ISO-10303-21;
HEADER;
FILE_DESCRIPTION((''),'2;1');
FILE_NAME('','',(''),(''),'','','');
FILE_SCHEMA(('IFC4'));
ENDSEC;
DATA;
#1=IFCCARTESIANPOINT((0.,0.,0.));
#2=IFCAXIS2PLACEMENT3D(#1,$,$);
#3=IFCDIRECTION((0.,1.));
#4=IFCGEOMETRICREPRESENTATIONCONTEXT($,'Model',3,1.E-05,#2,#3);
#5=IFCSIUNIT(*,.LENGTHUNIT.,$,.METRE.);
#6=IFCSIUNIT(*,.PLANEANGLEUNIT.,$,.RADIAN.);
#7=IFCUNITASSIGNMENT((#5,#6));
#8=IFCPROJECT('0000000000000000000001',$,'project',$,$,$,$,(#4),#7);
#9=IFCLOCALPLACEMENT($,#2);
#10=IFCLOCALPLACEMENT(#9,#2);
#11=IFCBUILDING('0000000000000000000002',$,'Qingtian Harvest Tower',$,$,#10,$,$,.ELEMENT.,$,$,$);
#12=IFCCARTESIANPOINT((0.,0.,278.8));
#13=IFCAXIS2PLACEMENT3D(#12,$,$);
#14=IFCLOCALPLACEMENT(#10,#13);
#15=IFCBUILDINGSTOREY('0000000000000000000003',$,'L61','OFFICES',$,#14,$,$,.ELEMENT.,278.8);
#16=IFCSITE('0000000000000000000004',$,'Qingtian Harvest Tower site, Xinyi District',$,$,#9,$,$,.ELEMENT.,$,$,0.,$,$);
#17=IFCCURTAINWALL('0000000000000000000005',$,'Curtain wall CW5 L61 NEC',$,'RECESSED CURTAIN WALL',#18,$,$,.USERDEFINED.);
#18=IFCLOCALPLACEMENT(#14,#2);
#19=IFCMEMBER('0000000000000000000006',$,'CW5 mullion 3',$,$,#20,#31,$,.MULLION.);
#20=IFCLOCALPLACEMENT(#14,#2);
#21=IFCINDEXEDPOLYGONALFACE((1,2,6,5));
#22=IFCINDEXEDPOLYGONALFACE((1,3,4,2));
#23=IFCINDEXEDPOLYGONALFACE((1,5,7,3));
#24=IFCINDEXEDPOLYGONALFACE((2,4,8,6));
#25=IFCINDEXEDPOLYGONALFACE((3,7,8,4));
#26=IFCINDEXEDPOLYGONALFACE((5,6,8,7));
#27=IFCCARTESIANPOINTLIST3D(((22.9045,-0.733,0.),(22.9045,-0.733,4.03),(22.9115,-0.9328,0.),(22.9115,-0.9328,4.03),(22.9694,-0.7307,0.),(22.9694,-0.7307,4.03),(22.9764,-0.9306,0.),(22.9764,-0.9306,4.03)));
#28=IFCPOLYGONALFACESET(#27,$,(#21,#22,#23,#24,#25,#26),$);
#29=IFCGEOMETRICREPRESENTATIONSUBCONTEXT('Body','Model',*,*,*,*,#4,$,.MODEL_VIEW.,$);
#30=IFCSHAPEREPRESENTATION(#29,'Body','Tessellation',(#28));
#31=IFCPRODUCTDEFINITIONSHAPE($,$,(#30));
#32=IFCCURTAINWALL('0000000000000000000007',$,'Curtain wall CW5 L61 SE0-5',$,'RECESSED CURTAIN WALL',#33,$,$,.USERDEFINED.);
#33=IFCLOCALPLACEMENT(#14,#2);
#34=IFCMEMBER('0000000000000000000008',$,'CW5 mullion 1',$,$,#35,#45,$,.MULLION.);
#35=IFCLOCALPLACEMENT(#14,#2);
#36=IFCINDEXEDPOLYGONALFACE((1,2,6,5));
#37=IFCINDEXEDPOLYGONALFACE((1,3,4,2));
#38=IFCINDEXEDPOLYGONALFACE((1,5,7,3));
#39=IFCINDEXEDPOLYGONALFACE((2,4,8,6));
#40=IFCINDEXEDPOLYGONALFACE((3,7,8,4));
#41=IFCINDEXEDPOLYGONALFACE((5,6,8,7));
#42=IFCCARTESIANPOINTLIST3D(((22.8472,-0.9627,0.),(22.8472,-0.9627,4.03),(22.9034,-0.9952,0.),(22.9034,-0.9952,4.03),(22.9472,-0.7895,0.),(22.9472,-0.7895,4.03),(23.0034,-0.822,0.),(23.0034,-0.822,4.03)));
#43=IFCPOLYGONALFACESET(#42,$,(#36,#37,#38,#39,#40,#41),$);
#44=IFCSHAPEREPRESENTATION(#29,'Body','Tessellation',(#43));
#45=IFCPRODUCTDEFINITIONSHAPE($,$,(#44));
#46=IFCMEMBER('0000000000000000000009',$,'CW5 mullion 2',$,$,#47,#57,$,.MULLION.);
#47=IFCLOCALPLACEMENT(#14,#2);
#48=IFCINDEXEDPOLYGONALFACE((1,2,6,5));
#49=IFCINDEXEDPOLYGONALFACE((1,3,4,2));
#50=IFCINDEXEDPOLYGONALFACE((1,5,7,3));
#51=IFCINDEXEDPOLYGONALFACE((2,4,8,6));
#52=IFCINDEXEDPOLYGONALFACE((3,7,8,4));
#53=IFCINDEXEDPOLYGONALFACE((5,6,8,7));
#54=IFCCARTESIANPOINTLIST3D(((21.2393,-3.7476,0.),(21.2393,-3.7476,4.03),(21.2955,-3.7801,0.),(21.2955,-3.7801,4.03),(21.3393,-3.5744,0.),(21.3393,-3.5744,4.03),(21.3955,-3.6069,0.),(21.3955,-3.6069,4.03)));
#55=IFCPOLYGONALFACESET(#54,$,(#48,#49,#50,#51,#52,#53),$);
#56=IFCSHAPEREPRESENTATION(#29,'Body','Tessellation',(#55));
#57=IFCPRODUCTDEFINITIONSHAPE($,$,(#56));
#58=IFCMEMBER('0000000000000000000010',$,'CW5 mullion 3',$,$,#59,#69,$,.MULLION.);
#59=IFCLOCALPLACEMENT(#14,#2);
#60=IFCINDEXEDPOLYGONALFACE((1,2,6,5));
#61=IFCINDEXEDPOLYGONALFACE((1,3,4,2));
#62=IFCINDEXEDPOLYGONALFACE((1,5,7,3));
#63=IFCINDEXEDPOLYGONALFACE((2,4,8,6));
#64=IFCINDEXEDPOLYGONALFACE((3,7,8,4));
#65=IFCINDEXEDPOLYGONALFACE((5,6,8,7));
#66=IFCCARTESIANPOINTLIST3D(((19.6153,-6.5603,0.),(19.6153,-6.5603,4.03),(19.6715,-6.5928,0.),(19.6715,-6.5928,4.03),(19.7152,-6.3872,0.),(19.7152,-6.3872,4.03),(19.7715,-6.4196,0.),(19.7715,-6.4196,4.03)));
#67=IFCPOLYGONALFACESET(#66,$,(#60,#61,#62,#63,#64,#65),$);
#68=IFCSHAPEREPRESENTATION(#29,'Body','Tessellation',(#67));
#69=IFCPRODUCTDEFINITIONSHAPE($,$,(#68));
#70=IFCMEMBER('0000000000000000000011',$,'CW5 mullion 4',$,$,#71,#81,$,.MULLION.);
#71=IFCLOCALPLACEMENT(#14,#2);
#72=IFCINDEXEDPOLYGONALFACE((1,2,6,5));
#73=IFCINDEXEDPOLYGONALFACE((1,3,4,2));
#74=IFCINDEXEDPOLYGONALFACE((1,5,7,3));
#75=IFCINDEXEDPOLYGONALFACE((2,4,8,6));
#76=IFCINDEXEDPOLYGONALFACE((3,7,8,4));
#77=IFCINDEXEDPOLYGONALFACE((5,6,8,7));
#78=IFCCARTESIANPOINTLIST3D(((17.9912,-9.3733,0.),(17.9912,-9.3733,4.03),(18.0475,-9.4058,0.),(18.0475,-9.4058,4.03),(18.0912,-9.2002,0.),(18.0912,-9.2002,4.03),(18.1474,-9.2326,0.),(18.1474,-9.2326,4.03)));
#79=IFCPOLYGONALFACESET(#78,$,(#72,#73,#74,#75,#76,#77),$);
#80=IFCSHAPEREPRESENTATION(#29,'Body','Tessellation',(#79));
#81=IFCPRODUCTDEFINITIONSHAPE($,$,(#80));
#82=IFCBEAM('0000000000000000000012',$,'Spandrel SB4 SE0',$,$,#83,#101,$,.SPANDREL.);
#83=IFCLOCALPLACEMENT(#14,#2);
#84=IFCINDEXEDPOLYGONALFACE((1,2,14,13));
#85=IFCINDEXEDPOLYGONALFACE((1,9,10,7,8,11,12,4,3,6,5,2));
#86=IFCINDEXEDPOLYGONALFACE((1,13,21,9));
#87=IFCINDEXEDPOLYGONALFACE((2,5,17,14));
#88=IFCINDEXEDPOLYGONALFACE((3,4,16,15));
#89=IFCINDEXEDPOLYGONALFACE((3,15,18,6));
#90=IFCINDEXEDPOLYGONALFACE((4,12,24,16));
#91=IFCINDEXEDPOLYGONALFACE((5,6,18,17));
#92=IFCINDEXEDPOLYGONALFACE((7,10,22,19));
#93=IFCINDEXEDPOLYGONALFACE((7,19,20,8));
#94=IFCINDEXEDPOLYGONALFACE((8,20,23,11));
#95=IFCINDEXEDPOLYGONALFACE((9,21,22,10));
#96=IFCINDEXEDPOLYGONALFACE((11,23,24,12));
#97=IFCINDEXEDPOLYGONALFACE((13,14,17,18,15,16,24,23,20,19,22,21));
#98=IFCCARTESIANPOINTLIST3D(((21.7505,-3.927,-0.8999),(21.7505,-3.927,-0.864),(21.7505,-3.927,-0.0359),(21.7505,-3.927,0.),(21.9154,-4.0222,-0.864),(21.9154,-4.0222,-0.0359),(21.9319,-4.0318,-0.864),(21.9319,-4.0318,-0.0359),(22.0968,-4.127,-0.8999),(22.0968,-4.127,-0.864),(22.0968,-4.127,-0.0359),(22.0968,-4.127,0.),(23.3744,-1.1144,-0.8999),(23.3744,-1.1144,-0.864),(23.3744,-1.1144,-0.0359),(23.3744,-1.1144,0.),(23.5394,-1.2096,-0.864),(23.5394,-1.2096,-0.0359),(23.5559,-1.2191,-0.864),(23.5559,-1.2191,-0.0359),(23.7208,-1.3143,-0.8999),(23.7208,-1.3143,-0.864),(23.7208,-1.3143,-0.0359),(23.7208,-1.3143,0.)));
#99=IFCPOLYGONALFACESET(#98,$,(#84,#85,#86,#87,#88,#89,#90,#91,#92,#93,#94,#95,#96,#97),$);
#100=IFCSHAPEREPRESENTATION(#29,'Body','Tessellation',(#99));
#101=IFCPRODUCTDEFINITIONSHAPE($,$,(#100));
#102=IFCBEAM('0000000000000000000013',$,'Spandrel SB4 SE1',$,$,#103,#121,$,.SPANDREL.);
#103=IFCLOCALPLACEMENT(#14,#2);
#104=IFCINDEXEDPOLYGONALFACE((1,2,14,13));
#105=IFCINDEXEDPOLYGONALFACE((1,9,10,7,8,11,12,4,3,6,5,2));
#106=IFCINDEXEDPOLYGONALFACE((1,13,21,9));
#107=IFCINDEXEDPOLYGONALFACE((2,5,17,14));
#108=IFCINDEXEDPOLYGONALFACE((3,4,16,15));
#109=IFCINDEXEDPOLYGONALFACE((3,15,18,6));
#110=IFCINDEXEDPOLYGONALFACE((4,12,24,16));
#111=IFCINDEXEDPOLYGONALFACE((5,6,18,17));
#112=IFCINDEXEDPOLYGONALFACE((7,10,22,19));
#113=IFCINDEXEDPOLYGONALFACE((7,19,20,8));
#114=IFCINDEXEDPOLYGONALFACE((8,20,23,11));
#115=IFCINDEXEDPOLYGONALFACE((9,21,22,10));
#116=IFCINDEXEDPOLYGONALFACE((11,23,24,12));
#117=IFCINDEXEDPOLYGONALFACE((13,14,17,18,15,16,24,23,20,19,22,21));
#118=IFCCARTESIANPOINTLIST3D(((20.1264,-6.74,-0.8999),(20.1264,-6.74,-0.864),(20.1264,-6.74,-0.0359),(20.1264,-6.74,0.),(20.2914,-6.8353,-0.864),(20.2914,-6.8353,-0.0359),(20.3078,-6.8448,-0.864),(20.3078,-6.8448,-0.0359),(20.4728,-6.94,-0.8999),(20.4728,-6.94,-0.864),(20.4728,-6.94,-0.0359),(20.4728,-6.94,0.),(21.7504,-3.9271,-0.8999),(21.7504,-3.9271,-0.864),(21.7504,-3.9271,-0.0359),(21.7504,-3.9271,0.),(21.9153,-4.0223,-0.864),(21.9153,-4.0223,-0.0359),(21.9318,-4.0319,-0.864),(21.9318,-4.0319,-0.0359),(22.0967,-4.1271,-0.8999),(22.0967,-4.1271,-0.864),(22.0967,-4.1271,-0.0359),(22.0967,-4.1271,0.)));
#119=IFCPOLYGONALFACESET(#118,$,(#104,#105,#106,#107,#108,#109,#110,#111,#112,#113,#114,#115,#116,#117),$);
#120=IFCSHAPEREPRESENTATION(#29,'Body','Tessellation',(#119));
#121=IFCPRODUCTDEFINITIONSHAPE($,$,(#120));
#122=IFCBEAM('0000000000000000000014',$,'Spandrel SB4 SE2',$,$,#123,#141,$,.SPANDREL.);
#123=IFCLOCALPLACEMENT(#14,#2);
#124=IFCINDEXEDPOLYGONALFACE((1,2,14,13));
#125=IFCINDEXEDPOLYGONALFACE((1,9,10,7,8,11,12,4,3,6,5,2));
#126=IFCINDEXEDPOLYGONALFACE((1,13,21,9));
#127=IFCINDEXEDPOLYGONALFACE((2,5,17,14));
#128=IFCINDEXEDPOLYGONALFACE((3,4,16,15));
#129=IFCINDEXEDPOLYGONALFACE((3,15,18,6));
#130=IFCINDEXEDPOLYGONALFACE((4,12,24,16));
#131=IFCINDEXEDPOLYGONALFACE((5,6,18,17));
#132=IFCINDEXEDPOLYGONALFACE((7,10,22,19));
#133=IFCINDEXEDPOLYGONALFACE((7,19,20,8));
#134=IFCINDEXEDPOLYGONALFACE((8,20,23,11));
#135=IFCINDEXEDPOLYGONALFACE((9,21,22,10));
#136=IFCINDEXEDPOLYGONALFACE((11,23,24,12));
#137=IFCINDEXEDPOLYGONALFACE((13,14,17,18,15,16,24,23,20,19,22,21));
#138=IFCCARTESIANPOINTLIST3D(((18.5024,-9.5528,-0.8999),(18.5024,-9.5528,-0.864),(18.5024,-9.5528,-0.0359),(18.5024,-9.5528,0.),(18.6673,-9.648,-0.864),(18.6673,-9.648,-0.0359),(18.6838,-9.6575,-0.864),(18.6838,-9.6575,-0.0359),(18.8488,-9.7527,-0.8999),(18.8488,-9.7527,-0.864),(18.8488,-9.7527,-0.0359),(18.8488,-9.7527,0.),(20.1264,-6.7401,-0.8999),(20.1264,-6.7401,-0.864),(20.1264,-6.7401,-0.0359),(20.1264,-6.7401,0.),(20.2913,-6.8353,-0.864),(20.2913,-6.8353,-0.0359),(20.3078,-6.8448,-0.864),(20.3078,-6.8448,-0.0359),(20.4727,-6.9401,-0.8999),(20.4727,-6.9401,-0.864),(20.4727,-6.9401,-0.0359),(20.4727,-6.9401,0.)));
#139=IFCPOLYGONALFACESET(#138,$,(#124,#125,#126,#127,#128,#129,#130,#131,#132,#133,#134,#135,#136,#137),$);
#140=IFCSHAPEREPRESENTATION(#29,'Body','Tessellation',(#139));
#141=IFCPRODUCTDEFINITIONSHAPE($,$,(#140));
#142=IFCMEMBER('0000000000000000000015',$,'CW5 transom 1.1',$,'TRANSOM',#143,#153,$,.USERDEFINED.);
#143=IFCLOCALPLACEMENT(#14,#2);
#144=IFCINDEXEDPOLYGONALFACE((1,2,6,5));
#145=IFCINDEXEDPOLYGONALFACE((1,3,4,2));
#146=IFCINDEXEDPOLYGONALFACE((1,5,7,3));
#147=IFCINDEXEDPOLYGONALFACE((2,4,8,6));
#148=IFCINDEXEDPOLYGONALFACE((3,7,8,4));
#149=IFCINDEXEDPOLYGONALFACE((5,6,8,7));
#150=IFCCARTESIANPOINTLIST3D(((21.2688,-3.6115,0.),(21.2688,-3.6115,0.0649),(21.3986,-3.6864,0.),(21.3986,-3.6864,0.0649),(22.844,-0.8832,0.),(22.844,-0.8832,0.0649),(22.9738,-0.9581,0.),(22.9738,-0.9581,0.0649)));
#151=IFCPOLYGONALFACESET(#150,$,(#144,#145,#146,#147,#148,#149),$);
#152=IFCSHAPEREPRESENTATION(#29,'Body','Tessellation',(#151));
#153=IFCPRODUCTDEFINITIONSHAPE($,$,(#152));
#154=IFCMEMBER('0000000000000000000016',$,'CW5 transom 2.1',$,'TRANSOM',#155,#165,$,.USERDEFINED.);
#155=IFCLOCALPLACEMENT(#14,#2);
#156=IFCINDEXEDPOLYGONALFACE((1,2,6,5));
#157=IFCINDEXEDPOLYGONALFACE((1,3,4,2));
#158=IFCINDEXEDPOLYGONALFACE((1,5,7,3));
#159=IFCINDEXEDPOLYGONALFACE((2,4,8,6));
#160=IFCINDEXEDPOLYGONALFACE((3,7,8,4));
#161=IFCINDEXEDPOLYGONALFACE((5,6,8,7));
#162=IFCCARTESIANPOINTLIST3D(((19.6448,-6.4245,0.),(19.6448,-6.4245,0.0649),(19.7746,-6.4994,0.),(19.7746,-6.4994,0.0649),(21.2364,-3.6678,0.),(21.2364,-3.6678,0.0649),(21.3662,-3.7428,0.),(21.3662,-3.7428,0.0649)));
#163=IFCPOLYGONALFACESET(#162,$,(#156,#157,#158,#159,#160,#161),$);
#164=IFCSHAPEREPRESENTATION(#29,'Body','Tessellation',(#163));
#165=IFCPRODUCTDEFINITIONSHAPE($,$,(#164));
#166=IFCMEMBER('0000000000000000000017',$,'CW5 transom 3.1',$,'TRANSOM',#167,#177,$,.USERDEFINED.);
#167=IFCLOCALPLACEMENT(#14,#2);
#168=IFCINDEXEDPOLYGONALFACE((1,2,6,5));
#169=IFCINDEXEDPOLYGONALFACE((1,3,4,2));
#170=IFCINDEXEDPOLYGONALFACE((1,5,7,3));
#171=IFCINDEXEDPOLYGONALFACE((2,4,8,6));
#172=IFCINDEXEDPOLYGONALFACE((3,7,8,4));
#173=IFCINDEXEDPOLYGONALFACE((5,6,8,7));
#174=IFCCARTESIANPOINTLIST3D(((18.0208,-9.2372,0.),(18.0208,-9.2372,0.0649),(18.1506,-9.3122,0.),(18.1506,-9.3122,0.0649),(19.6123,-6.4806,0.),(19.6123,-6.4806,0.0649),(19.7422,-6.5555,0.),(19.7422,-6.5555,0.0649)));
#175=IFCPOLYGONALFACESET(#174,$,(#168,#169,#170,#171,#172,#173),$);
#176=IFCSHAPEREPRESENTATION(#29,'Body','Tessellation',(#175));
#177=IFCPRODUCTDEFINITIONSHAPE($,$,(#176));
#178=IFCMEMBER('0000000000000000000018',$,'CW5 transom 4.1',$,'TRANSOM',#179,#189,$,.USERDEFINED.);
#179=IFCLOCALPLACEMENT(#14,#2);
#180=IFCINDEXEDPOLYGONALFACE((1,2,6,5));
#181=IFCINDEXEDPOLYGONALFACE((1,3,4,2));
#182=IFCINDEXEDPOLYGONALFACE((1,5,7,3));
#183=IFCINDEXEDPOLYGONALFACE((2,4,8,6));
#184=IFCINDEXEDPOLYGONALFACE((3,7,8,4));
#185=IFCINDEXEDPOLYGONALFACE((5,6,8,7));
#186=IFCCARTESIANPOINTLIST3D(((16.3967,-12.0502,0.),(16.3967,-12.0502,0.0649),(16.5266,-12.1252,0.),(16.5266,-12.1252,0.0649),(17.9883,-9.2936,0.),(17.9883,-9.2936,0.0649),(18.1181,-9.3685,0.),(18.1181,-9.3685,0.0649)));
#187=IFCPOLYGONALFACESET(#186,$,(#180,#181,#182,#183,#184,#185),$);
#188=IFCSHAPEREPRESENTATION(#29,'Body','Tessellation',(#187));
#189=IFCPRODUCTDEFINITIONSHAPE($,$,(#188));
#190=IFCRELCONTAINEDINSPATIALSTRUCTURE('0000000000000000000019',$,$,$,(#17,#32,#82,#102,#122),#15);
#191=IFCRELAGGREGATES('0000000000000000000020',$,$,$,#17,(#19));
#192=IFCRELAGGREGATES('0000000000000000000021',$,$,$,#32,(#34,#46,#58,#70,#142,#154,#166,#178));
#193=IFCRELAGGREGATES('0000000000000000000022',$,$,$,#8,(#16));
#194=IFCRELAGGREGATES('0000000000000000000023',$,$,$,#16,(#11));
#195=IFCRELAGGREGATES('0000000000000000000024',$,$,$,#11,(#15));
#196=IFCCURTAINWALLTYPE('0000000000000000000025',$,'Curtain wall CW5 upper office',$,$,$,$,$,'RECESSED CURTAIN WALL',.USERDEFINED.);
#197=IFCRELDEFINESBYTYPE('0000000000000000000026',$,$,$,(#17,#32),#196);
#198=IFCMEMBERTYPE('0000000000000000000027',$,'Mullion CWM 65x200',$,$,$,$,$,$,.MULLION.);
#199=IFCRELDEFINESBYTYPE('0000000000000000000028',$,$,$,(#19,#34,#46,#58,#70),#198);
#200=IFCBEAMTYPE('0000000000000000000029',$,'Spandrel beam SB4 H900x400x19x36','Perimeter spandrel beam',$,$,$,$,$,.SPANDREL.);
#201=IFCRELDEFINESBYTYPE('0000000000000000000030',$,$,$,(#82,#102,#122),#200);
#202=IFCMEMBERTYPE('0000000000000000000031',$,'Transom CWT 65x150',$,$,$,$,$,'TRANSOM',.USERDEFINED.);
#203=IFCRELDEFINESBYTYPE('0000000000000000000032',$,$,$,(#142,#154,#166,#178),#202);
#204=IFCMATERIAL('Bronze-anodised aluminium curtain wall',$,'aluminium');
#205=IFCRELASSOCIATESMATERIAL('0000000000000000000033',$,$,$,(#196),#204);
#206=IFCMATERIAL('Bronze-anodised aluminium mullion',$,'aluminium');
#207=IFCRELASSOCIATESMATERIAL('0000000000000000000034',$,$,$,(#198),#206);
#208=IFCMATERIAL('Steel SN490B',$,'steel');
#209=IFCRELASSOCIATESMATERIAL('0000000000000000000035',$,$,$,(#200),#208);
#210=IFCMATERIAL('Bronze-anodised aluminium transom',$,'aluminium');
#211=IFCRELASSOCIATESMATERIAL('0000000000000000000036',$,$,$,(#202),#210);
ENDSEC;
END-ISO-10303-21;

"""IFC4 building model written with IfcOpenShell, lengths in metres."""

from ifc_helpers import new_model, si_unit, direction, frame, origin, origin_2d, place, context, subcontext, project, spatial, rectangle, i_section, extrude, material, material_profile, profile_set, type_object, element, aggregate, save


model = new_model("IFC4")

# Units and contexts
model_context = context("Model", 3, precision=1e-05, world=origin(), true_north=direction((0.0, 1.0)))
body_context = subcontext(model_context, "Body", "Model", "MODEL_VIEW")
ifc_project = project(units=[si_unit("LENGTHUNIT", "METRE"), si_unit("PLANEANGLEUNIT", "RADIAN")], contexts=[model_context])

# Site, building, storey
site_placement = place(None, origin())
site = spatial("IfcSite", under=ifc_project, at=site_placement, Name="Qingtian Harvest Tower site, Xinyi District", CompositionType="ELEMENT", RefElevation=0.0)
building_placement = place(site_placement, origin())
building = spatial("IfcBuilding", under=site, at=building_placement, Name="Qingtian Harvest Tower", CompositionType="ELEMENT")
storey_placement = place(building_placement, frame((0.0, 0.0, 278.8)))
storey = spatial("IfcBuildingStorey", under=building, at=storey_placement, Name="L61", Description="OFFICES", CompositionType="ELEMENT", Elevation=278.8)

# Curtain wall, member
ifc_material_1 = material(Name="Bronze-anodised aluminium curtain wall", Category="aluminium")
curtain_wall_type = type_object("IfcCurtainWallType", Name="Curtain wall CW5 upper office", ElementType="RECESSED CURTAIN WALL", PredefinedType="USERDEFINED", material=ifc_material_1)
curtain_wall_1_placement = place(storey_placement, origin())
curtain_wall_1 = element("IfcCurtainWall", 1, at=curtain_wall_1_placement, inside=storey, type_object=curtain_wall_type, Name="Curtain wall CW5 L61 NEC", ObjectType="RECESSED CURTAIN WALL", PredefinedType="USERDEFINED")
ifc_material_2 = material(Name="Bronze-anodised aluminium mullion", Category="aluminium")
ifc_material_profile_1 = material_profile(ifc_material_2, rectangle(XDim=0.0649, YDim=0.2, at=origin_2d()), Name="AL 65x200")
ifc_profile_set_1 = profile_set([ifc_material_profile_1], Name="Bronze-anodised aluminium mullion")
member_type_1 = type_object("IfcMemberType", Name="Mullion CWM 65x200", PredefinedType="MULLION", material=ifc_profile_set_1)
member_1_placement = place(storey_placement, frame((22.9404, -0.8318, 0.0), z_axis=(0.0, 0.0, 1.0), x_axis=(0.999391, 0.034899, 0.0)))
member_1 = element("IfcMember", 2, at=member_1_placement, type_object=member_type_1, Name="CW5 mullion 3", PredefinedType="MULLION", context=body_context, shape_type="SweptSolid", body=[
    extrude(rectangle(XDim=0.0649, YDim=0.2, at=origin_2d()), origin(), (0.0, 0.0, 1.0), 4.03),
])

# Curtain wall, members
curtain_wall_2_placement = place(storey_placement, origin())
curtain_wall_2 = element("IfcCurtainWall", 3, at=curtain_wall_2_placement, inside=storey, type_object=curtain_wall_type, Name="Curtain wall CW5 L61 SE0-5", ObjectType="RECESSED CURTAIN WALL", PredefinedType="USERDEFINED")
member_2_placement = place(storey_placement, frame((22.9253, -0.8923, 0.0), z_axis=(0.0, 0.0, 1.0), x_axis=(0.866025, -0.5, 0.0)))
member_2 = element("IfcMember", 4, at=member_2_placement, type_object=member_type_1, Name="CW5 mullion 1", PredefinedType="MULLION", context=body_context, shape_type="SweptSolid", body=[
    extrude(rectangle(XDim=0.0649, YDim=0.2, at=origin_2d()), origin(), (0.0, 0.0, 1.0), 4.03),
])
member_3_placement = place(storey_placement, frame((21.3174, -3.6772, 0.0), z_axis=(0.0, 0.0, 1.0), x_axis=(0.866025, -0.5, 0.0)))
member_3 = element("IfcMember", 5, at=member_3_placement, type_object=member_type_1, Name="CW5 mullion 2", PredefinedType="MULLION", context=body_context, shape_type="SweptSolid", body=[
    extrude(rectangle(XDim=0.0649, YDim=0.2, at=origin_2d()), origin(), (0.0, 0.0, 1.0), 4.03),
])
member_4_placement = place(storey_placement, frame((19.6934, -6.49, 0.0), z_axis=(0.0, 0.0, 1.0), x_axis=(0.866025, -0.5, 0.0)))
member_4 = element("IfcMember", 6, at=member_4_placement, type_object=member_type_1, Name="CW5 mullion 3", PredefinedType="MULLION", context=body_context, shape_type="SweptSolid", body=[
    extrude(rectangle(XDim=0.0649, YDim=0.2, at=origin_2d()), origin(), (0.0, 0.0, 1.0), 4.03),
])
member_5_placement = place(storey_placement, frame((18.0693, -9.303, 0.0), z_axis=(0.0, 0.0, 1.0), x_axis=(0.866025, -0.5, 0.0)))
member_5 = element("IfcMember", 7, at=member_5_placement, type_object=member_type_1, Name="CW5 mullion 4", PredefinedType="MULLION", context=body_context, shape_type="SweptSolid", body=[
    extrude(rectangle(XDim=0.0649, YDim=0.2, at=origin_2d()), origin(), (0.0, 0.0, 1.0), 4.03),
])

# Beams
ifc_material_3 = material(Name="Steel SN490B", Category="steel")
ifc_material_profile_2 = material_profile(ifc_material_3, i_section(OverallWidth=0.3999, OverallDepth=0.8999, WebThickness=0.019, FlangeThickness=0.0359, at=origin_2d()), Name="H900x400x19x36")
ifc_profile_set_2 = profile_set([ifc_material_profile_2], Name="Steel SN490B")
beam_type_1 = type_object("IfcBeamType", Name="Spandrel beam SB4 H900x400x19x36", Description="Perimeter spandrel beam", PredefinedType="SPANDREL", material=ifc_profile_set_2)
beam_1_placement = place(storey_placement, frame((23.5476, -1.2144, -0.45), z_axis=(-0.50002, -0.866014, 0.0), x_axis=(0.866014, -0.50002, 0.0)))
element("IfcBeam", 8, at=beam_1_placement, inside=storey, type_object=beam_type_1, Name="Spandrel SB4 SE0", PredefinedType="SPANDREL", context=body_context, shape_type="SweptSolid", body=[
    extrude(i_section(OverallWidth=0.3999, OverallDepth=0.8999, WebThickness=0.019, FlangeThickness=0.0359, at=origin_2d()), origin(), (0.0, 0.0, 1.0), 3.2478),
])
beam_2_placement = place(storey_placement, frame((21.9236, -4.0271, -0.45), z_axis=(-0.499987, -0.866033, 0.0), x_axis=(0.866033, -0.499987, 0.0)))
element("IfcBeam", 9, at=beam_2_placement, inside=storey, type_object=beam_type_1, Name="Spandrel SB4 SE1", PredefinedType="SPANDREL", context=body_context, shape_type="SweptSolid", body=[
    extrude(i_section(OverallWidth=0.3999, OverallDepth=0.8999, WebThickness=0.019, FlangeThickness=0.0359, at=origin_2d()), origin(), (0.0, 0.0, 1.0), 3.248),
])
beam_3_placement = place(storey_placement, frame((20.2996, -6.8401, -0.45), z_axis=(-0.50002, -0.866014, 0.0), x_axis=(0.866014, -0.50002, 0.0)))
element("IfcBeam", 10, at=beam_3_placement, inside=storey, type_object=beam_type_1, Name="Spandrel SB4 SE2", PredefinedType="SPANDREL", context=body_context, shape_type="SweptSolid", body=[
    extrude(i_section(OverallWidth=0.3999, OverallDepth=0.8999, WebThickness=0.019, FlangeThickness=0.0359, at=origin_2d()), origin(), (0.0, 0.0, 1.0), 3.2478),
])

# Members
ifc_material_4 = material(Name="Bronze-anodised aluminium transom", Category="aluminium")
ifc_material_profile_3 = material_profile(ifc_material_4, rectangle(XDim=0.1499, YDim=0.0649, at=origin_2d()), Name="AL 65x150")
ifc_profile_set_3 = profile_set([ifc_material_profile_3], Name="Bronze-anodised aluminium transom")
member_type_2 = type_object("IfcMemberType", Name="Transom CWT 65x150", ElementType="TRANSOM", PredefinedType="USERDEFINED", material=ifc_profile_set_3)
member_6_placement = place(storey_placement, frame((22.9089, -0.9207, 0.0325), z_axis=(-0.500006, -0.866022, 0.0), x_axis=(0.866022, -0.500006, 0.0)))
member_6 = element("IfcMember", 11, at=member_6_placement, type_object=member_type_2, Name="CW5 transom 1.1", ObjectType="TRANSOM", PredefinedType="USERDEFINED", context=body_context, shape_type="SweptSolid", body=[
    extrude(rectangle(XDim=0.1499, YDim=0.0649, at=origin_2d()), origin(), (0.0, 0.0, 1.0), 3.1504),
])
member_7_placement = place(storey_placement, frame((21.3013, -3.7053, 0.0325), z_axis=(-0.500008, -0.866021, 0.0), x_axis=(0.866021, -0.500008, 0.0)))
member_7 = element("IfcMember", 12, at=member_7_placement, type_object=member_type_2, Name="CW5 transom 2.1", ObjectType="TRANSOM", PredefinedType="USERDEFINED", context=body_context, shape_type="SweptSolid", body=[
    extrude(rectangle(XDim=0.1499, YDim=0.0649, at=origin_2d()), origin(), (0.0, 0.0, 1.0), 3.1831),
])
member_8_placement = place(storey_placement, frame((19.6772, -6.5181, 0.0325), z_axis=(-0.500008, -0.866021, 0.0), x_axis=(0.866021, -0.500008, 0.0)))
member_8 = element("IfcMember", 13, at=member_8_placement, type_object=member_type_2, Name="CW5 transom 3.1", ObjectType="TRANSOM", PredefinedType="USERDEFINED", context=body_context, shape_type="SweptSolid", body=[
    extrude(rectangle(XDim=0.1499, YDim=0.0649, at=origin_2d()), origin(), (0.0, 0.0, 1.0), 3.1831),
])
member_9_placement = place(storey_placement, frame((18.0532, -9.3311, 0.0325), z_axis=(-0.500008, -0.866021, 0.0), x_axis=(0.866021, -0.500008, 0.0)))
member_9 = element("IfcMember", 14, at=member_9_placement, type_object=member_type_2, Name="CW5 transom 4.1", ObjectType="TRANSOM", PredefinedType="USERDEFINED", context=body_context, shape_type="SweptSolid", body=[
    extrude(rectangle(XDim=0.1499, YDim=0.0649, at=origin_2d()), origin(), (0.0, 0.0, 1.0), 3.1831),
])

aggregate(curtain_wall_1, [member_1])
aggregate(curtain_wall_2, [member_2, member_3, member_4, member_5, member_6, member_7, member_8, member_9])

save(model, "model.ifc")
